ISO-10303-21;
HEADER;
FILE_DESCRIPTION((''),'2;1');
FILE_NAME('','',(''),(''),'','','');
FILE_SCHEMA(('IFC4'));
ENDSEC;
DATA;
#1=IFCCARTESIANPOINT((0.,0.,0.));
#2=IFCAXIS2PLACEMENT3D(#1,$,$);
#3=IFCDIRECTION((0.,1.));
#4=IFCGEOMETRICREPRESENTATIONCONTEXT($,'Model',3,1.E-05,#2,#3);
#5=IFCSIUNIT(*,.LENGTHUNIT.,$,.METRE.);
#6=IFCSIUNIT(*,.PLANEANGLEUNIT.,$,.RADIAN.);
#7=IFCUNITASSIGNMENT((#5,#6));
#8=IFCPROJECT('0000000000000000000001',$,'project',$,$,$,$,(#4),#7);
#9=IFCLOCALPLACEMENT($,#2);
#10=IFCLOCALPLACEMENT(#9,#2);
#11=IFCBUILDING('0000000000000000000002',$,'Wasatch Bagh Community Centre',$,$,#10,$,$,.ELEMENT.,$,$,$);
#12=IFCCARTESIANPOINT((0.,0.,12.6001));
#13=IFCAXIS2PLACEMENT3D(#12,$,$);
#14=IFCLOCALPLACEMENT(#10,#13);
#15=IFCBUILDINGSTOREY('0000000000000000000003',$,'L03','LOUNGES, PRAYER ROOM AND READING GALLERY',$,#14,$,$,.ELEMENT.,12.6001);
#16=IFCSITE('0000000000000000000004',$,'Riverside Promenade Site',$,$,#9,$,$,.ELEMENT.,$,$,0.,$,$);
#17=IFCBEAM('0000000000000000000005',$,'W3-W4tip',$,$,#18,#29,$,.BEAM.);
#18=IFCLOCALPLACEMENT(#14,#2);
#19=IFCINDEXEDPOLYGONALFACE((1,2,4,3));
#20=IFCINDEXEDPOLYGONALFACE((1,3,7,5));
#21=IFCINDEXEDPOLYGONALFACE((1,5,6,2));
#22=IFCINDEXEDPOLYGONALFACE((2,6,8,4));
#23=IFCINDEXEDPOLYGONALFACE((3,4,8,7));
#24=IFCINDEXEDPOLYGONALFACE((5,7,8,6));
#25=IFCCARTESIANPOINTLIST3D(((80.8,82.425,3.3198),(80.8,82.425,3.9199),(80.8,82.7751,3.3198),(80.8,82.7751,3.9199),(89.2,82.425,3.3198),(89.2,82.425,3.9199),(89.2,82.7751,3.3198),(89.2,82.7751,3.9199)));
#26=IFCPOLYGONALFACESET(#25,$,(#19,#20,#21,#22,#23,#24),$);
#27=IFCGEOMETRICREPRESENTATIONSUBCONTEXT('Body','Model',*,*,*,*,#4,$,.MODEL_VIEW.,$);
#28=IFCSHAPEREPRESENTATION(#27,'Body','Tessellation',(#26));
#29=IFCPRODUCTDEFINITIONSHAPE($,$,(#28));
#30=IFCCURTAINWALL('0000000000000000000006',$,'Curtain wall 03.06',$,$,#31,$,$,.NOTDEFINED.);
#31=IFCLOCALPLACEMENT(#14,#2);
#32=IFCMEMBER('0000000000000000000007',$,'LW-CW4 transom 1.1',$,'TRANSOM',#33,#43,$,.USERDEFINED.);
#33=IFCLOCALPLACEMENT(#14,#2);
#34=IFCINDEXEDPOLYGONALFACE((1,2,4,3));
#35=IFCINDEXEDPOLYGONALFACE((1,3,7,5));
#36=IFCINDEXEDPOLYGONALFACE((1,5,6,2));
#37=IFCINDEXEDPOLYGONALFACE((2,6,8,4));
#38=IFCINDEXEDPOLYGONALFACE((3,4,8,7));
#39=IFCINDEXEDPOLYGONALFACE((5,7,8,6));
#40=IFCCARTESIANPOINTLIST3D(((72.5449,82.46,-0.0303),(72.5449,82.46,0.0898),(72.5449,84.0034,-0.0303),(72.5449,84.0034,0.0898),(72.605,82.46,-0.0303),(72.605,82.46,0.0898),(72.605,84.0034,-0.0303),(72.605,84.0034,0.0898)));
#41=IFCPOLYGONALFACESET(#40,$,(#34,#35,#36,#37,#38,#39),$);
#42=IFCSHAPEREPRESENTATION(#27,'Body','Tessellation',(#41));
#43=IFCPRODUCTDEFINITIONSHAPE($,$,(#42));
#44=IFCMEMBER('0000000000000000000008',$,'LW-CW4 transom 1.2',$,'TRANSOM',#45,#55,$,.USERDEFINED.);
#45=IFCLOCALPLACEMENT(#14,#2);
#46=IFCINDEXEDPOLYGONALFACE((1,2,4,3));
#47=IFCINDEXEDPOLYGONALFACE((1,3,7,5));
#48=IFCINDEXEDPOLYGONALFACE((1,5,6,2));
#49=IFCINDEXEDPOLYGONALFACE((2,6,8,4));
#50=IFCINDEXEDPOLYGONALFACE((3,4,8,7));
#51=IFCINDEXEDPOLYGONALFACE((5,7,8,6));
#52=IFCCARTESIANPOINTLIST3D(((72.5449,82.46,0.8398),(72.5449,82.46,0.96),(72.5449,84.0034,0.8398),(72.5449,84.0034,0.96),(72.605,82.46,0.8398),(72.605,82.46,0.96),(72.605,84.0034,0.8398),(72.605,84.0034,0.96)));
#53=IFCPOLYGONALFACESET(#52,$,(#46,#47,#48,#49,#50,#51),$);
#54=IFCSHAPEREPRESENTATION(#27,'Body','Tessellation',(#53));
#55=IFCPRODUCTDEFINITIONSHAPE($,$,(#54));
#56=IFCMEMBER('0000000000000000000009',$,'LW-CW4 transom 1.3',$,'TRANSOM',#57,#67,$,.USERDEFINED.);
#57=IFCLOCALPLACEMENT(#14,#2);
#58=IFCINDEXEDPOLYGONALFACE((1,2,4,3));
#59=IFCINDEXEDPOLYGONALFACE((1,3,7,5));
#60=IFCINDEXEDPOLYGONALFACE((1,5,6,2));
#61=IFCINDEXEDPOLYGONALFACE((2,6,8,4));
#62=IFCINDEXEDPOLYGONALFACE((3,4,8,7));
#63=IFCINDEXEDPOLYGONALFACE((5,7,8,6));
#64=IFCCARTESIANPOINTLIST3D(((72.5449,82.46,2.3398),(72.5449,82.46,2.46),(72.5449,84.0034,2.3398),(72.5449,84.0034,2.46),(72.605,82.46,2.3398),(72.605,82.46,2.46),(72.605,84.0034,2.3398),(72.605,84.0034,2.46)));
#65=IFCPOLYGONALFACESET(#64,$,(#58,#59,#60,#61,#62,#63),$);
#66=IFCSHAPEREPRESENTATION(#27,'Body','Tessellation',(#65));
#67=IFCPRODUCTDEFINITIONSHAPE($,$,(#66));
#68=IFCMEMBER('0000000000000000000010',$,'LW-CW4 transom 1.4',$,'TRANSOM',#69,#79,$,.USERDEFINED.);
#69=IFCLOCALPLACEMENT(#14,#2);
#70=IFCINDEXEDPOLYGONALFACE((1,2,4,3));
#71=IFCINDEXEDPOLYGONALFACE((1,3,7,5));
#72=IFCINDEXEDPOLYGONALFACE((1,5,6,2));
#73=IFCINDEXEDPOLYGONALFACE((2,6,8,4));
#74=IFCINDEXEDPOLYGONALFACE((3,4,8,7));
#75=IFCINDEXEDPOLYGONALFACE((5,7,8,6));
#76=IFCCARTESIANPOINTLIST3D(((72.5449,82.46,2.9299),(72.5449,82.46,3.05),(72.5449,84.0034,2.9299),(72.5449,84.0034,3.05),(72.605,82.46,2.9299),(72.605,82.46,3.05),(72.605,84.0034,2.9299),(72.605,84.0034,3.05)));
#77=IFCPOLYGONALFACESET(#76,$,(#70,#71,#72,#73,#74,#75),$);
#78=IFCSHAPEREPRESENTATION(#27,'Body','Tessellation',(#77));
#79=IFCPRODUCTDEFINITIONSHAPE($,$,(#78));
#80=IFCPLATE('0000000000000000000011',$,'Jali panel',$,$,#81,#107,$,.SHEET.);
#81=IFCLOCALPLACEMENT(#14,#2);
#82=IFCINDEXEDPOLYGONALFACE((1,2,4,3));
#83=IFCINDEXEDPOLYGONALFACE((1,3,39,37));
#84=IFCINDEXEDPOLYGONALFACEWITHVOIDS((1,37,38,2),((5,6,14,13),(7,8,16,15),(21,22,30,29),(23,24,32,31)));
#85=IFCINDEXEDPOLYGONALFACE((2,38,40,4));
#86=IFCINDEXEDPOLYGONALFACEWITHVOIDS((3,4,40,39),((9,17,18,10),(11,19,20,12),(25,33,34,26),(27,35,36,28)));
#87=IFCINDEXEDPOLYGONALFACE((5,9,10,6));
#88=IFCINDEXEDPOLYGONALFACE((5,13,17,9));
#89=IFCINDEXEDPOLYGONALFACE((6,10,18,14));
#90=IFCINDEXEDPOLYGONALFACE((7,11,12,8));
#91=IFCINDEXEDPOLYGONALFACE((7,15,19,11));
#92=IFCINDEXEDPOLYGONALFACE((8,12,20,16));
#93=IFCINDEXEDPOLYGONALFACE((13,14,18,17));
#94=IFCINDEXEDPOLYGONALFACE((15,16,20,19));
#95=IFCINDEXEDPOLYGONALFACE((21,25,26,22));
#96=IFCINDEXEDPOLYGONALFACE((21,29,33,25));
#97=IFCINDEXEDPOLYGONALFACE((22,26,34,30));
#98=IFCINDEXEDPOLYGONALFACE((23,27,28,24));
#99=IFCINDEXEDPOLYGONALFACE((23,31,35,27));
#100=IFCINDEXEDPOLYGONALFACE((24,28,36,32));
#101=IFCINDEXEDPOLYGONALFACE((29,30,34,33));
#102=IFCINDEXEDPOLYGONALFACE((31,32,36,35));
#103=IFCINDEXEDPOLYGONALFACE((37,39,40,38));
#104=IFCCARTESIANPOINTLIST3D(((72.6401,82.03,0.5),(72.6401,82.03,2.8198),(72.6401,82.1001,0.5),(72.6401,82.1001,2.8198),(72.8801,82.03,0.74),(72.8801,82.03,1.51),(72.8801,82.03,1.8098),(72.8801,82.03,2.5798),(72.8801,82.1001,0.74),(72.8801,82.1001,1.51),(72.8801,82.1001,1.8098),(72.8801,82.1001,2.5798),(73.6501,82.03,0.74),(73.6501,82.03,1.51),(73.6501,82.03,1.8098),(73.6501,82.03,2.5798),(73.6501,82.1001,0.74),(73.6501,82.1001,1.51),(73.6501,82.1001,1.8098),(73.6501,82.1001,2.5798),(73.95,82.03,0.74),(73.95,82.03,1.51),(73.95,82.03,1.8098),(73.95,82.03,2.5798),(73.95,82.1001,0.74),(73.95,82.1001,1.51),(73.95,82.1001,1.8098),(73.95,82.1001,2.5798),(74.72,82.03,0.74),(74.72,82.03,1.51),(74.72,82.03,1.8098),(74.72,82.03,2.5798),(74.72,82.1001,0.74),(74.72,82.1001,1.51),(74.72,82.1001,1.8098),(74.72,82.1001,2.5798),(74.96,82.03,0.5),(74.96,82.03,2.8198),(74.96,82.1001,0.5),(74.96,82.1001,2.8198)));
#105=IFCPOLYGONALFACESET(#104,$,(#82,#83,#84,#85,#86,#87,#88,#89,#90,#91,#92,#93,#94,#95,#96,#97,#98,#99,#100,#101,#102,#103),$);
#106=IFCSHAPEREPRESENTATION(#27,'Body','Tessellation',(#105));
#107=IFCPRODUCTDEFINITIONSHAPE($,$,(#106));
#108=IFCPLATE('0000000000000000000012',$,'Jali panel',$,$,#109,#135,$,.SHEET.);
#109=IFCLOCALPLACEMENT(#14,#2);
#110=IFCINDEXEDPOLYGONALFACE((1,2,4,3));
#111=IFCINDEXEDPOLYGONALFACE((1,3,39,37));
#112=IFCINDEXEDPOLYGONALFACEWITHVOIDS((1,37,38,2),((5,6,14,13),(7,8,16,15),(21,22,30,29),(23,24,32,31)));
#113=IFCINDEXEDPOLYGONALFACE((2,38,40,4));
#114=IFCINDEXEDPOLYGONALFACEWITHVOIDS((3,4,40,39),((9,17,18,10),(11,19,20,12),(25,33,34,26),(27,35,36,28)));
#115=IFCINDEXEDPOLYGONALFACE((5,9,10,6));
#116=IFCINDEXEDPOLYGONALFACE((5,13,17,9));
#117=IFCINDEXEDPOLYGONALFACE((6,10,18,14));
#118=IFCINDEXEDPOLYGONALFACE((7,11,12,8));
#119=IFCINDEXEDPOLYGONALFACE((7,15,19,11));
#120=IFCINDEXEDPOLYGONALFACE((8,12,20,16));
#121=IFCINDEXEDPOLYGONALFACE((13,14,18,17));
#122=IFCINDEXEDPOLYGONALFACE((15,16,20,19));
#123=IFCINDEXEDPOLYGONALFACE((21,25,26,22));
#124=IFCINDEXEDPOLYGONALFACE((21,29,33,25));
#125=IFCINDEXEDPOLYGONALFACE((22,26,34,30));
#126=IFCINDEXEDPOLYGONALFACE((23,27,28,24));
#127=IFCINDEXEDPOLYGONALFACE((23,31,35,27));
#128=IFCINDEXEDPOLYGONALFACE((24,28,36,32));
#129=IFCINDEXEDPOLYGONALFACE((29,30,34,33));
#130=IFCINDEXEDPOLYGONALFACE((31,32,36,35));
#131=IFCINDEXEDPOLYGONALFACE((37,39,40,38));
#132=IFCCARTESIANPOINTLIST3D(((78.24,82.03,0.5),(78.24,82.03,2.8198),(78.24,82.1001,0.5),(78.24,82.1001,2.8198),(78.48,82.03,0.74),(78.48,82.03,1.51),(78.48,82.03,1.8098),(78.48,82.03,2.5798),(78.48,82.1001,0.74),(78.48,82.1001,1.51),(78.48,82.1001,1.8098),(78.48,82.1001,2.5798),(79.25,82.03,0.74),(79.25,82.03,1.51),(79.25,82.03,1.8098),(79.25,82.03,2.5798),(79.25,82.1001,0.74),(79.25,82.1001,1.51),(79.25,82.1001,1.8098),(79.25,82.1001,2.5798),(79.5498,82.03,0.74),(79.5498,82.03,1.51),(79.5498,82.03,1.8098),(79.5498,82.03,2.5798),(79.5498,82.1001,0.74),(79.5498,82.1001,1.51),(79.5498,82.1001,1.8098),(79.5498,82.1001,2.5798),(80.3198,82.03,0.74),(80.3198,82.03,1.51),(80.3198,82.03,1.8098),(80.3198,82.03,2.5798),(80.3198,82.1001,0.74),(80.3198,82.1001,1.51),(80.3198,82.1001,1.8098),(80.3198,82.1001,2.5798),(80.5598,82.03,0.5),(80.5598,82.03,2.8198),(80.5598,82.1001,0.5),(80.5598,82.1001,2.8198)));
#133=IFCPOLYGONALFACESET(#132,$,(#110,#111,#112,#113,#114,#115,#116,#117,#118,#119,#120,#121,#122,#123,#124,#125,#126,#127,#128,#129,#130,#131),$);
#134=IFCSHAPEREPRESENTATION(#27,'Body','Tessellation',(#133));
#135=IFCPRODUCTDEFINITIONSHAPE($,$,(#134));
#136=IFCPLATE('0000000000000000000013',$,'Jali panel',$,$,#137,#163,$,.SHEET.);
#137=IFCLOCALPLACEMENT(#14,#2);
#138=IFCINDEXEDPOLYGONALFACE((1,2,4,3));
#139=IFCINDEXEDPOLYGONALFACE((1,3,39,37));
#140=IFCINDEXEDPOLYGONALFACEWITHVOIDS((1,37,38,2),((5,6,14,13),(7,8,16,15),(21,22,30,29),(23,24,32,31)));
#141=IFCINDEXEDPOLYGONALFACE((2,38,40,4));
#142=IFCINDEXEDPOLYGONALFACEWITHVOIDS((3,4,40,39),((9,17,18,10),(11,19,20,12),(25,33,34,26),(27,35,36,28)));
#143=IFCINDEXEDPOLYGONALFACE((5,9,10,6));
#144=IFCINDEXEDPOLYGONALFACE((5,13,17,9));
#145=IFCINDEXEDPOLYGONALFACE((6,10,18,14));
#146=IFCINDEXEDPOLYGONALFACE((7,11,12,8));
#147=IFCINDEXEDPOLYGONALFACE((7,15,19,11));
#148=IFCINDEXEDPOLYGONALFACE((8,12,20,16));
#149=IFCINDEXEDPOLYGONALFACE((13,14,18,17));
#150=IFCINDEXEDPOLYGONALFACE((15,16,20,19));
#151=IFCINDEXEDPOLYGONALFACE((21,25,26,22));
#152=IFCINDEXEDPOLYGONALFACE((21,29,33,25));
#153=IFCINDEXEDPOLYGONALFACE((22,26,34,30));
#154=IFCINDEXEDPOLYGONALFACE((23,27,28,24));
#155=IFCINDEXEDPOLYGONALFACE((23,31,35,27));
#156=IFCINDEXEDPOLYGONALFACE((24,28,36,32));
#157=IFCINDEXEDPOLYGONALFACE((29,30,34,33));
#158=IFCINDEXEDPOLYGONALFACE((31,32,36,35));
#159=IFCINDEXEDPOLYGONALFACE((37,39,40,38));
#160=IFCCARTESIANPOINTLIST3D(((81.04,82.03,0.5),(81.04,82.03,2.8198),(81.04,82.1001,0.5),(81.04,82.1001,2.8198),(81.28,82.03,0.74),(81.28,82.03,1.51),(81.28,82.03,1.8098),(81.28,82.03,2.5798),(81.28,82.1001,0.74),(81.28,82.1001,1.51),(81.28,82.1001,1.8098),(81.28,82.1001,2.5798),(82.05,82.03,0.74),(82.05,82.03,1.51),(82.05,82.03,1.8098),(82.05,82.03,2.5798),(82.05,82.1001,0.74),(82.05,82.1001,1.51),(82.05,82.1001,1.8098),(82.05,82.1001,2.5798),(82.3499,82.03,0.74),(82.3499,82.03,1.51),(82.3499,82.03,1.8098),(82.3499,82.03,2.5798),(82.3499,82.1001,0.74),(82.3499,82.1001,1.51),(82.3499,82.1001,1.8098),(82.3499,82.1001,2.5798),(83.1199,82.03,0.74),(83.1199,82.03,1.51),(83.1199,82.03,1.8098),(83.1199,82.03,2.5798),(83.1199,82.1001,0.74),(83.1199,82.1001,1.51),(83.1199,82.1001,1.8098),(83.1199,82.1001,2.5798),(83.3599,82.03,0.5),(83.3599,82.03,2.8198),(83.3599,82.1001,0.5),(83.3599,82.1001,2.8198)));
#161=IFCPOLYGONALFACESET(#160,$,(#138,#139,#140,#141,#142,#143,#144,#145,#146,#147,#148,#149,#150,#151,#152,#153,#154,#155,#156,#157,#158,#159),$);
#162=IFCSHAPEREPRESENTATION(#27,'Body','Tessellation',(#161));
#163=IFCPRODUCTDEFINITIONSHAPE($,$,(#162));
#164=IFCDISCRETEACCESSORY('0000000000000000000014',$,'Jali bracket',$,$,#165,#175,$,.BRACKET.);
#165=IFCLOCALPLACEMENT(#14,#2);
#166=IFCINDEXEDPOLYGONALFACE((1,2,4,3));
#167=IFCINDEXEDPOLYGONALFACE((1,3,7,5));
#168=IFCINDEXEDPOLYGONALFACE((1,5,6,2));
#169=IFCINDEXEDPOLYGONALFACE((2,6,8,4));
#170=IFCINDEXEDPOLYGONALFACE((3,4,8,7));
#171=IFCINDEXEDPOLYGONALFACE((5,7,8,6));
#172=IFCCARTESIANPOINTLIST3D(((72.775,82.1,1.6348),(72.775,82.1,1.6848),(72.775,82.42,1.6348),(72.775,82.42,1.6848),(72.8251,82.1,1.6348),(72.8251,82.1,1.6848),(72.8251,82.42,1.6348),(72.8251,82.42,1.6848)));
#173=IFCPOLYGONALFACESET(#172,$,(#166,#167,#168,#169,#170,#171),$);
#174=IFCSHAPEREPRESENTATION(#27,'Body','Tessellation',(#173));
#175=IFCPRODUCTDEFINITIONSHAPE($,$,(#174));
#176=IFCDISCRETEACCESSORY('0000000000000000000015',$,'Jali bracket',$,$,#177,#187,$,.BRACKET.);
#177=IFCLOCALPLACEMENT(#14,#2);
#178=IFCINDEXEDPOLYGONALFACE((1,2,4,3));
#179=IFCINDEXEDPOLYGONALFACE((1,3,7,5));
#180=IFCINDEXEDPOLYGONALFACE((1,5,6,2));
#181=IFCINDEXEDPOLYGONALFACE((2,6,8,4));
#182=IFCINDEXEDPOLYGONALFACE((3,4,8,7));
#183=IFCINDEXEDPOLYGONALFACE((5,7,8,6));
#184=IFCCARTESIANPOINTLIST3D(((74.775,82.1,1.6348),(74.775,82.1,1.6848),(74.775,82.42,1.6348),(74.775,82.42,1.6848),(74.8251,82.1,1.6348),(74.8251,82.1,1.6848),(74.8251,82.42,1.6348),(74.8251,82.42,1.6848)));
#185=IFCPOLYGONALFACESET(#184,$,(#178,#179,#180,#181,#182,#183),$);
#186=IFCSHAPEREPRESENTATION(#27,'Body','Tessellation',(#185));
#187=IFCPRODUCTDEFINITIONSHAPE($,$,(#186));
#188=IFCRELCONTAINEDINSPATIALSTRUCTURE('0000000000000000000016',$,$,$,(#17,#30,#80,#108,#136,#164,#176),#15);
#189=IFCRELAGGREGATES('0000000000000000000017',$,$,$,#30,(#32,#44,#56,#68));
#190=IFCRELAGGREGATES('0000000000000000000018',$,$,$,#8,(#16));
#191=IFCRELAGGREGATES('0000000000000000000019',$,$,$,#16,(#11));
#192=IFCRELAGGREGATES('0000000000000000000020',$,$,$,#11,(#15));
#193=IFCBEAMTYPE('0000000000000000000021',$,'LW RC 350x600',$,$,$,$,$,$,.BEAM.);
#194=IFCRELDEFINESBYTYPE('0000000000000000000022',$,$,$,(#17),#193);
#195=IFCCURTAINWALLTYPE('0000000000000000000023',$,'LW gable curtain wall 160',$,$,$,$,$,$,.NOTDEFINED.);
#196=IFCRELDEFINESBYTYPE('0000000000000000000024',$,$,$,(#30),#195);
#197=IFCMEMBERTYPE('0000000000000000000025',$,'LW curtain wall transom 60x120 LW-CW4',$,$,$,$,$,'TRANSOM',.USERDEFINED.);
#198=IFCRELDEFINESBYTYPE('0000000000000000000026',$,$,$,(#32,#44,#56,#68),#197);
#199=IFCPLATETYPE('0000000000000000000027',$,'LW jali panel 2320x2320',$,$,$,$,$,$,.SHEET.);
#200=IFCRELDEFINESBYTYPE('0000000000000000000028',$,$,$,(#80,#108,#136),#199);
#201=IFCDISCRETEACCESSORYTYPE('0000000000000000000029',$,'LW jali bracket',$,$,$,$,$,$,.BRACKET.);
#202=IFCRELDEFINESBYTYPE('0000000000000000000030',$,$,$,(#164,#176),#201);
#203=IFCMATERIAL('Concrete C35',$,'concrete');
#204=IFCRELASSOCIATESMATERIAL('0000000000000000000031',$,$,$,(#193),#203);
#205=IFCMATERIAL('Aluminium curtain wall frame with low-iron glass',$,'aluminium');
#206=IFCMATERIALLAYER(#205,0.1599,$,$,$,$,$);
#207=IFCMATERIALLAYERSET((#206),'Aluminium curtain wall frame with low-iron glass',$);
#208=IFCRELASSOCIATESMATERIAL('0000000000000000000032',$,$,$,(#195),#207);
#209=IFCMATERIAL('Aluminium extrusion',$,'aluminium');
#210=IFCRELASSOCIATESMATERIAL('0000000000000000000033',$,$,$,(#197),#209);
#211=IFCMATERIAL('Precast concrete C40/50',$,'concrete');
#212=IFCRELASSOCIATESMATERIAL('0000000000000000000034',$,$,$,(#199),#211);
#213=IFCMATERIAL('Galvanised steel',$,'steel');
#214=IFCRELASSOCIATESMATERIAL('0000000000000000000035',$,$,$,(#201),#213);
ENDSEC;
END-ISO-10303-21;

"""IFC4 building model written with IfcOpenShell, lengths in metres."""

from ifc_helpers import new_model, si_unit, direction, frame, origin, origin_2d, place, context, subcontext, project, spatial, polyline, rectangle, outline, extrude, material, layer, layer_set, material_profile, profile_set, type_object, element, aggregate, save


model = new_model("IFC4")

# Units and contexts
model_context = context("Model", 3, precision=1e-05, world=origin(), true_north=direction((0.0, 1.0)))
body_context = subcontext(model_context, "Body", "Model", "MODEL_VIEW")
ifc_project = project(units=[si_unit("LENGTHUNIT", "METRE"), si_unit("PLANEANGLEUNIT", "RADIAN")], contexts=[model_context])

# Site, building, storey
site_placement = place(None, origin())
site = spatial("IfcSite", under=ifc_project, at=site_placement, Name="Riverside Promenade Site", CompositionType="ELEMENT", RefElevation=0.0)
building_placement = place(site_placement, origin())
building = spatial("IfcBuilding", under=site, at=building_placement, Name="Wasatch Bagh Community Centre", CompositionType="ELEMENT")
storey_placement = place(building_placement, frame((0.0, 0.0, 12.6001)))
storey = spatial("IfcBuildingStorey", under=building, at=storey_placement, Name="L03", Description="LOUNGES, PRAYER ROOM AND READING GALLERY", CompositionType="ELEMENT", Elevation=12.6001)

# Beam
ifc_material_1 = material(Name="Concrete C35", Category="concrete")
ifc_material_profile_1 = material_profile(ifc_material_1, rectangle(XDim=0.3501, YDim=0.6001, at=origin_2d()), Name="RC 350x600")
ifc_profile_set_1 = profile_set([ifc_material_profile_1], Name="Concrete C35")
beam_type = type_object("IfcBeamType", Name="LW RC 350x600", PredefinedType="BEAM", material=ifc_profile_set_1)
beam_placement = place(storey_placement, frame((80.8, 82.6001, 3.6199), z_axis=(1.0, 0.0, 0.0), x_axis=(0.0, 1.0, 0.0)))
element("IfcBeam", 1, at=beam_placement, inside=storey, type_object=beam_type, Name="W3-W4tip", PredefinedType="BEAM", context=body_context, shape_type="SweptSolid", body=[
    extrude(rectangle(XDim=0.3501, YDim=0.6001, at=origin_2d()), origin(), (0.0, 0.0, 1.0), 8.3999),
])

# Curtain wall, members
ifc_material_2 = material(Name="Aluminium curtain wall frame with low-iron glass", Category="aluminium")
ifc_layer_1 = layer(ifc_material_2, 0.1599)
ifc_layer_set_1 = layer_set([ifc_layer_1], Name="Aluminium curtain wall frame with low-iron glass")
curtain_wall_type = type_object("IfcCurtainWallType", Name="LW gable curtain wall 160", PredefinedType="NOTDEFINED", material=ifc_layer_set_1)
curtain_wall_placement = place(storey_placement, origin())
curtain_wall = element("IfcCurtainWall", 2, at=curtain_wall_placement, inside=storey, type_object=curtain_wall_type, Name="Curtain wall 03.06", PredefinedType="NOTDEFINED")
ifc_material_3 = material(Name="Aluminium extrusion", Category="aluminium")
ifc_material_profile_2 = material_profile(ifc_material_3, rectangle(XDim=0.0601, YDim=0.1201, at=origin_2d()), Name="AL 60x120")
ifc_profile_set_2 = profile_set([ifc_material_profile_2], Name="Aluminium extrusion")
member_type = type_object("IfcMemberType", Name="LW curtain wall transom 60x120 LW-CW4", ElementType="TRANSOM", PredefinedType="USERDEFINED", material=ifc_profile_set_2)
member_1_placement = place(storey_placement, frame((72.575, 82.46, 0.0298), z_axis=(0.0, 1.0, 0.0), x_axis=(-1.0, 0.0, 0.0)))
member_1 = element("IfcMember", 3, at=member_1_placement, type_object=member_type, Name="LW-CW4 transom 1.1", ObjectType="TRANSOM", PredefinedType="USERDEFINED", context=body_context, shape_type="SweptSolid", body=[
    extrude(rectangle(XDim=0.0601, YDim=0.1201, at=origin_2d()), origin(), (0.0, 0.0, 1.0), 1.5435),
])
member_2_placement = place(storey_placement, frame((72.575, 82.46, 0.8999), z_axis=(0.0, 1.0, 0.0), x_axis=(-1.0, 0.0, 0.0)))
member_2 = element("IfcMember", 4, at=member_2_placement, type_object=member_type, Name="LW-CW4 transom 1.2", ObjectType="TRANSOM", PredefinedType="USERDEFINED", context=body_context, shape_type="SweptSolid", body=[
    extrude(rectangle(XDim=0.0601, YDim=0.1201, at=origin_2d()), origin(), (0.0, 0.0, 1.0), 1.5435),
])
member_3_placement = place(storey_placement, frame((72.575, 82.46, 2.3999), z_axis=(0.0, 1.0, 0.0), x_axis=(-1.0, 0.0, 0.0)))
member_3 = element("IfcMember", 5, at=member_3_placement, type_object=member_type, Name="LW-CW4 transom 1.3", ObjectType="TRANSOM", PredefinedType="USERDEFINED", context=body_context, shape_type="SweptSolid", body=[
    extrude(rectangle(XDim=0.0601, YDim=0.1201, at=origin_2d()), origin(), (0.0, 0.0, 1.0), 1.5435),
])
member_4_placement = place(storey_placement, frame((72.575, 82.46, 2.99), z_axis=(0.0, 1.0, 0.0), x_axis=(-1.0, 0.0, 0.0)))
member_4 = element("IfcMember", 6, at=member_4_placement, type_object=member_type, Name="LW-CW4 transom 1.4", ObjectType="TRANSOM", PredefinedType="USERDEFINED", context=body_context, shape_type="SweptSolid", body=[
    extrude(rectangle(XDim=0.0601, YDim=0.1201, at=origin_2d()), origin(), (0.0, 0.0, 1.0), 1.5435),
])
aggregate(curtain_wall, [member_1, member_2, member_3, member_4])

# Plates
ifc_material_4 = material(Name="Precast concrete C40/50", Category="concrete")
ifc_material_profile_3 = material_profile(ifc_material_4, outline(polyline([(-1.1599, -1.1599), (1.1599, -1.1599), (1.1599, 1.1599), (-1.1599, 1.1599), (-1.1599, -1.1599)]), holes=[polyline([(-0.9199, -0.9199), (-0.1499, -0.9199), (-0.1499, -0.1499), (-0.9199, -0.1499), (-0.9199, -0.9199)]), polyline([(-0.9199, 0.1499), (-0.1499, 0.1499), (-0.1499, 0.9199), (-0.9199, 0.9199), (-0.9199, 0.1499)]), polyline([(0.1499, -0.9199), (0.9199, -0.9199), (0.9199, -0.1499), (0.1499, -0.1499), (0.1499, -0.9199)]), polyline([(0.1499, 0.1499), (0.9199, 0.1499), (0.9199, 0.9199), (0.1499, 0.9199), (0.1499, 0.1499)])]), Name="Jali lattice")
ifc_profile_set_3 = profile_set([ifc_material_profile_3], Name="Precast concrete C40/50")
plate_type = type_object("IfcPlateType", Name="LW jali panel 2320x2320", PredefinedType="SHEET", material=ifc_profile_set_3)
for number, where, z_axis, x_axis, name in (
    (7, (73.8, 82.1001, 1.6599), (0.0, -1.0, 0.0), (1.0, 0.0, 0.0), "Jali panel"),
    (8, (79.3999, 82.1001, 1.6599), (0.0, -1.0, 0.0), (1.0, 0.0, 0.0), "Jali panel"),
    (9, (82.2, 82.1001, 1.6599), (0.0, -1.0, 0.0), (1.0, 0.0, 0.0), "Jali panel"),
):
    element("IfcPlate", number, at=place(storey_placement, frame(where, z_axis=z_axis, x_axis=x_axis)), inside=storey, type_object=plate_type, Name=name, PredefinedType="SHEET", context=body_context, shape_type="SweptSolid", body=[
        extrude(outline(polyline([(-1.1599, -1.1599), (1.1599, -1.1599), (1.1599, 1.1599), (-1.1599, 1.1599), (-1.1599, -1.1599)]), holes=[polyline([(-0.9199, -0.9199), (-0.1499, -0.9199), (-0.1499, -0.1499), (-0.9199, -0.1499), (-0.9199, -0.9199)]), polyline([(-0.9199, 0.1499), (-0.1499, 0.1499), (-0.1499, 0.9199), (-0.9199, 0.9199), (-0.9199, 0.1499)]), polyline([(0.1499, -0.9199), (0.9199, -0.9199), (0.9199, -0.1499), (0.1499, -0.1499), (0.1499, -0.9199)]), polyline([(0.1499, 0.1499), (0.9199, 0.1499), (0.9199, 0.9199), (0.1499, 0.9199), (0.1499, 0.1499)])]), origin(), (0.0, 0.0, 1.0), 0.0701),
    ])

# Discrete accessories
ifc_material_5 = material(Name="Galvanised steel", Category="steel")
discrete_accessory_type = type_object("IfcDiscreteAccessoryType", Name="LW jali bracket", PredefinedType="BRACKET", material=ifc_material_5)
for number, where, z_axis, x_axis, name in (
    (10, (72.8, 82.26, 1.6348), (0.0, 0.0, 1.0), (1.0, 0.0, 0.0), "Jali bracket"),
    (11, (74.8, 82.26, 1.6348), (0.0, 0.0, 1.0), (1.0, 0.0, 0.0), "Jali bracket"),
):
    element("IfcDiscreteAccessory", number, at=place(storey_placement, frame(where, z_axis=z_axis, x_axis=x_axis)), inside=storey, type_object=discrete_accessory_type, Name=name, PredefinedType="BRACKET", context=body_context, shape_type="SweptSolid", body=[
        extrude(rectangle(XDim=0.05, YDim=0.3201, at=origin_2d()), origin(), (0.0, 0.0, 1.0), 0.05),
    ])

save(model, "model.ifc")
